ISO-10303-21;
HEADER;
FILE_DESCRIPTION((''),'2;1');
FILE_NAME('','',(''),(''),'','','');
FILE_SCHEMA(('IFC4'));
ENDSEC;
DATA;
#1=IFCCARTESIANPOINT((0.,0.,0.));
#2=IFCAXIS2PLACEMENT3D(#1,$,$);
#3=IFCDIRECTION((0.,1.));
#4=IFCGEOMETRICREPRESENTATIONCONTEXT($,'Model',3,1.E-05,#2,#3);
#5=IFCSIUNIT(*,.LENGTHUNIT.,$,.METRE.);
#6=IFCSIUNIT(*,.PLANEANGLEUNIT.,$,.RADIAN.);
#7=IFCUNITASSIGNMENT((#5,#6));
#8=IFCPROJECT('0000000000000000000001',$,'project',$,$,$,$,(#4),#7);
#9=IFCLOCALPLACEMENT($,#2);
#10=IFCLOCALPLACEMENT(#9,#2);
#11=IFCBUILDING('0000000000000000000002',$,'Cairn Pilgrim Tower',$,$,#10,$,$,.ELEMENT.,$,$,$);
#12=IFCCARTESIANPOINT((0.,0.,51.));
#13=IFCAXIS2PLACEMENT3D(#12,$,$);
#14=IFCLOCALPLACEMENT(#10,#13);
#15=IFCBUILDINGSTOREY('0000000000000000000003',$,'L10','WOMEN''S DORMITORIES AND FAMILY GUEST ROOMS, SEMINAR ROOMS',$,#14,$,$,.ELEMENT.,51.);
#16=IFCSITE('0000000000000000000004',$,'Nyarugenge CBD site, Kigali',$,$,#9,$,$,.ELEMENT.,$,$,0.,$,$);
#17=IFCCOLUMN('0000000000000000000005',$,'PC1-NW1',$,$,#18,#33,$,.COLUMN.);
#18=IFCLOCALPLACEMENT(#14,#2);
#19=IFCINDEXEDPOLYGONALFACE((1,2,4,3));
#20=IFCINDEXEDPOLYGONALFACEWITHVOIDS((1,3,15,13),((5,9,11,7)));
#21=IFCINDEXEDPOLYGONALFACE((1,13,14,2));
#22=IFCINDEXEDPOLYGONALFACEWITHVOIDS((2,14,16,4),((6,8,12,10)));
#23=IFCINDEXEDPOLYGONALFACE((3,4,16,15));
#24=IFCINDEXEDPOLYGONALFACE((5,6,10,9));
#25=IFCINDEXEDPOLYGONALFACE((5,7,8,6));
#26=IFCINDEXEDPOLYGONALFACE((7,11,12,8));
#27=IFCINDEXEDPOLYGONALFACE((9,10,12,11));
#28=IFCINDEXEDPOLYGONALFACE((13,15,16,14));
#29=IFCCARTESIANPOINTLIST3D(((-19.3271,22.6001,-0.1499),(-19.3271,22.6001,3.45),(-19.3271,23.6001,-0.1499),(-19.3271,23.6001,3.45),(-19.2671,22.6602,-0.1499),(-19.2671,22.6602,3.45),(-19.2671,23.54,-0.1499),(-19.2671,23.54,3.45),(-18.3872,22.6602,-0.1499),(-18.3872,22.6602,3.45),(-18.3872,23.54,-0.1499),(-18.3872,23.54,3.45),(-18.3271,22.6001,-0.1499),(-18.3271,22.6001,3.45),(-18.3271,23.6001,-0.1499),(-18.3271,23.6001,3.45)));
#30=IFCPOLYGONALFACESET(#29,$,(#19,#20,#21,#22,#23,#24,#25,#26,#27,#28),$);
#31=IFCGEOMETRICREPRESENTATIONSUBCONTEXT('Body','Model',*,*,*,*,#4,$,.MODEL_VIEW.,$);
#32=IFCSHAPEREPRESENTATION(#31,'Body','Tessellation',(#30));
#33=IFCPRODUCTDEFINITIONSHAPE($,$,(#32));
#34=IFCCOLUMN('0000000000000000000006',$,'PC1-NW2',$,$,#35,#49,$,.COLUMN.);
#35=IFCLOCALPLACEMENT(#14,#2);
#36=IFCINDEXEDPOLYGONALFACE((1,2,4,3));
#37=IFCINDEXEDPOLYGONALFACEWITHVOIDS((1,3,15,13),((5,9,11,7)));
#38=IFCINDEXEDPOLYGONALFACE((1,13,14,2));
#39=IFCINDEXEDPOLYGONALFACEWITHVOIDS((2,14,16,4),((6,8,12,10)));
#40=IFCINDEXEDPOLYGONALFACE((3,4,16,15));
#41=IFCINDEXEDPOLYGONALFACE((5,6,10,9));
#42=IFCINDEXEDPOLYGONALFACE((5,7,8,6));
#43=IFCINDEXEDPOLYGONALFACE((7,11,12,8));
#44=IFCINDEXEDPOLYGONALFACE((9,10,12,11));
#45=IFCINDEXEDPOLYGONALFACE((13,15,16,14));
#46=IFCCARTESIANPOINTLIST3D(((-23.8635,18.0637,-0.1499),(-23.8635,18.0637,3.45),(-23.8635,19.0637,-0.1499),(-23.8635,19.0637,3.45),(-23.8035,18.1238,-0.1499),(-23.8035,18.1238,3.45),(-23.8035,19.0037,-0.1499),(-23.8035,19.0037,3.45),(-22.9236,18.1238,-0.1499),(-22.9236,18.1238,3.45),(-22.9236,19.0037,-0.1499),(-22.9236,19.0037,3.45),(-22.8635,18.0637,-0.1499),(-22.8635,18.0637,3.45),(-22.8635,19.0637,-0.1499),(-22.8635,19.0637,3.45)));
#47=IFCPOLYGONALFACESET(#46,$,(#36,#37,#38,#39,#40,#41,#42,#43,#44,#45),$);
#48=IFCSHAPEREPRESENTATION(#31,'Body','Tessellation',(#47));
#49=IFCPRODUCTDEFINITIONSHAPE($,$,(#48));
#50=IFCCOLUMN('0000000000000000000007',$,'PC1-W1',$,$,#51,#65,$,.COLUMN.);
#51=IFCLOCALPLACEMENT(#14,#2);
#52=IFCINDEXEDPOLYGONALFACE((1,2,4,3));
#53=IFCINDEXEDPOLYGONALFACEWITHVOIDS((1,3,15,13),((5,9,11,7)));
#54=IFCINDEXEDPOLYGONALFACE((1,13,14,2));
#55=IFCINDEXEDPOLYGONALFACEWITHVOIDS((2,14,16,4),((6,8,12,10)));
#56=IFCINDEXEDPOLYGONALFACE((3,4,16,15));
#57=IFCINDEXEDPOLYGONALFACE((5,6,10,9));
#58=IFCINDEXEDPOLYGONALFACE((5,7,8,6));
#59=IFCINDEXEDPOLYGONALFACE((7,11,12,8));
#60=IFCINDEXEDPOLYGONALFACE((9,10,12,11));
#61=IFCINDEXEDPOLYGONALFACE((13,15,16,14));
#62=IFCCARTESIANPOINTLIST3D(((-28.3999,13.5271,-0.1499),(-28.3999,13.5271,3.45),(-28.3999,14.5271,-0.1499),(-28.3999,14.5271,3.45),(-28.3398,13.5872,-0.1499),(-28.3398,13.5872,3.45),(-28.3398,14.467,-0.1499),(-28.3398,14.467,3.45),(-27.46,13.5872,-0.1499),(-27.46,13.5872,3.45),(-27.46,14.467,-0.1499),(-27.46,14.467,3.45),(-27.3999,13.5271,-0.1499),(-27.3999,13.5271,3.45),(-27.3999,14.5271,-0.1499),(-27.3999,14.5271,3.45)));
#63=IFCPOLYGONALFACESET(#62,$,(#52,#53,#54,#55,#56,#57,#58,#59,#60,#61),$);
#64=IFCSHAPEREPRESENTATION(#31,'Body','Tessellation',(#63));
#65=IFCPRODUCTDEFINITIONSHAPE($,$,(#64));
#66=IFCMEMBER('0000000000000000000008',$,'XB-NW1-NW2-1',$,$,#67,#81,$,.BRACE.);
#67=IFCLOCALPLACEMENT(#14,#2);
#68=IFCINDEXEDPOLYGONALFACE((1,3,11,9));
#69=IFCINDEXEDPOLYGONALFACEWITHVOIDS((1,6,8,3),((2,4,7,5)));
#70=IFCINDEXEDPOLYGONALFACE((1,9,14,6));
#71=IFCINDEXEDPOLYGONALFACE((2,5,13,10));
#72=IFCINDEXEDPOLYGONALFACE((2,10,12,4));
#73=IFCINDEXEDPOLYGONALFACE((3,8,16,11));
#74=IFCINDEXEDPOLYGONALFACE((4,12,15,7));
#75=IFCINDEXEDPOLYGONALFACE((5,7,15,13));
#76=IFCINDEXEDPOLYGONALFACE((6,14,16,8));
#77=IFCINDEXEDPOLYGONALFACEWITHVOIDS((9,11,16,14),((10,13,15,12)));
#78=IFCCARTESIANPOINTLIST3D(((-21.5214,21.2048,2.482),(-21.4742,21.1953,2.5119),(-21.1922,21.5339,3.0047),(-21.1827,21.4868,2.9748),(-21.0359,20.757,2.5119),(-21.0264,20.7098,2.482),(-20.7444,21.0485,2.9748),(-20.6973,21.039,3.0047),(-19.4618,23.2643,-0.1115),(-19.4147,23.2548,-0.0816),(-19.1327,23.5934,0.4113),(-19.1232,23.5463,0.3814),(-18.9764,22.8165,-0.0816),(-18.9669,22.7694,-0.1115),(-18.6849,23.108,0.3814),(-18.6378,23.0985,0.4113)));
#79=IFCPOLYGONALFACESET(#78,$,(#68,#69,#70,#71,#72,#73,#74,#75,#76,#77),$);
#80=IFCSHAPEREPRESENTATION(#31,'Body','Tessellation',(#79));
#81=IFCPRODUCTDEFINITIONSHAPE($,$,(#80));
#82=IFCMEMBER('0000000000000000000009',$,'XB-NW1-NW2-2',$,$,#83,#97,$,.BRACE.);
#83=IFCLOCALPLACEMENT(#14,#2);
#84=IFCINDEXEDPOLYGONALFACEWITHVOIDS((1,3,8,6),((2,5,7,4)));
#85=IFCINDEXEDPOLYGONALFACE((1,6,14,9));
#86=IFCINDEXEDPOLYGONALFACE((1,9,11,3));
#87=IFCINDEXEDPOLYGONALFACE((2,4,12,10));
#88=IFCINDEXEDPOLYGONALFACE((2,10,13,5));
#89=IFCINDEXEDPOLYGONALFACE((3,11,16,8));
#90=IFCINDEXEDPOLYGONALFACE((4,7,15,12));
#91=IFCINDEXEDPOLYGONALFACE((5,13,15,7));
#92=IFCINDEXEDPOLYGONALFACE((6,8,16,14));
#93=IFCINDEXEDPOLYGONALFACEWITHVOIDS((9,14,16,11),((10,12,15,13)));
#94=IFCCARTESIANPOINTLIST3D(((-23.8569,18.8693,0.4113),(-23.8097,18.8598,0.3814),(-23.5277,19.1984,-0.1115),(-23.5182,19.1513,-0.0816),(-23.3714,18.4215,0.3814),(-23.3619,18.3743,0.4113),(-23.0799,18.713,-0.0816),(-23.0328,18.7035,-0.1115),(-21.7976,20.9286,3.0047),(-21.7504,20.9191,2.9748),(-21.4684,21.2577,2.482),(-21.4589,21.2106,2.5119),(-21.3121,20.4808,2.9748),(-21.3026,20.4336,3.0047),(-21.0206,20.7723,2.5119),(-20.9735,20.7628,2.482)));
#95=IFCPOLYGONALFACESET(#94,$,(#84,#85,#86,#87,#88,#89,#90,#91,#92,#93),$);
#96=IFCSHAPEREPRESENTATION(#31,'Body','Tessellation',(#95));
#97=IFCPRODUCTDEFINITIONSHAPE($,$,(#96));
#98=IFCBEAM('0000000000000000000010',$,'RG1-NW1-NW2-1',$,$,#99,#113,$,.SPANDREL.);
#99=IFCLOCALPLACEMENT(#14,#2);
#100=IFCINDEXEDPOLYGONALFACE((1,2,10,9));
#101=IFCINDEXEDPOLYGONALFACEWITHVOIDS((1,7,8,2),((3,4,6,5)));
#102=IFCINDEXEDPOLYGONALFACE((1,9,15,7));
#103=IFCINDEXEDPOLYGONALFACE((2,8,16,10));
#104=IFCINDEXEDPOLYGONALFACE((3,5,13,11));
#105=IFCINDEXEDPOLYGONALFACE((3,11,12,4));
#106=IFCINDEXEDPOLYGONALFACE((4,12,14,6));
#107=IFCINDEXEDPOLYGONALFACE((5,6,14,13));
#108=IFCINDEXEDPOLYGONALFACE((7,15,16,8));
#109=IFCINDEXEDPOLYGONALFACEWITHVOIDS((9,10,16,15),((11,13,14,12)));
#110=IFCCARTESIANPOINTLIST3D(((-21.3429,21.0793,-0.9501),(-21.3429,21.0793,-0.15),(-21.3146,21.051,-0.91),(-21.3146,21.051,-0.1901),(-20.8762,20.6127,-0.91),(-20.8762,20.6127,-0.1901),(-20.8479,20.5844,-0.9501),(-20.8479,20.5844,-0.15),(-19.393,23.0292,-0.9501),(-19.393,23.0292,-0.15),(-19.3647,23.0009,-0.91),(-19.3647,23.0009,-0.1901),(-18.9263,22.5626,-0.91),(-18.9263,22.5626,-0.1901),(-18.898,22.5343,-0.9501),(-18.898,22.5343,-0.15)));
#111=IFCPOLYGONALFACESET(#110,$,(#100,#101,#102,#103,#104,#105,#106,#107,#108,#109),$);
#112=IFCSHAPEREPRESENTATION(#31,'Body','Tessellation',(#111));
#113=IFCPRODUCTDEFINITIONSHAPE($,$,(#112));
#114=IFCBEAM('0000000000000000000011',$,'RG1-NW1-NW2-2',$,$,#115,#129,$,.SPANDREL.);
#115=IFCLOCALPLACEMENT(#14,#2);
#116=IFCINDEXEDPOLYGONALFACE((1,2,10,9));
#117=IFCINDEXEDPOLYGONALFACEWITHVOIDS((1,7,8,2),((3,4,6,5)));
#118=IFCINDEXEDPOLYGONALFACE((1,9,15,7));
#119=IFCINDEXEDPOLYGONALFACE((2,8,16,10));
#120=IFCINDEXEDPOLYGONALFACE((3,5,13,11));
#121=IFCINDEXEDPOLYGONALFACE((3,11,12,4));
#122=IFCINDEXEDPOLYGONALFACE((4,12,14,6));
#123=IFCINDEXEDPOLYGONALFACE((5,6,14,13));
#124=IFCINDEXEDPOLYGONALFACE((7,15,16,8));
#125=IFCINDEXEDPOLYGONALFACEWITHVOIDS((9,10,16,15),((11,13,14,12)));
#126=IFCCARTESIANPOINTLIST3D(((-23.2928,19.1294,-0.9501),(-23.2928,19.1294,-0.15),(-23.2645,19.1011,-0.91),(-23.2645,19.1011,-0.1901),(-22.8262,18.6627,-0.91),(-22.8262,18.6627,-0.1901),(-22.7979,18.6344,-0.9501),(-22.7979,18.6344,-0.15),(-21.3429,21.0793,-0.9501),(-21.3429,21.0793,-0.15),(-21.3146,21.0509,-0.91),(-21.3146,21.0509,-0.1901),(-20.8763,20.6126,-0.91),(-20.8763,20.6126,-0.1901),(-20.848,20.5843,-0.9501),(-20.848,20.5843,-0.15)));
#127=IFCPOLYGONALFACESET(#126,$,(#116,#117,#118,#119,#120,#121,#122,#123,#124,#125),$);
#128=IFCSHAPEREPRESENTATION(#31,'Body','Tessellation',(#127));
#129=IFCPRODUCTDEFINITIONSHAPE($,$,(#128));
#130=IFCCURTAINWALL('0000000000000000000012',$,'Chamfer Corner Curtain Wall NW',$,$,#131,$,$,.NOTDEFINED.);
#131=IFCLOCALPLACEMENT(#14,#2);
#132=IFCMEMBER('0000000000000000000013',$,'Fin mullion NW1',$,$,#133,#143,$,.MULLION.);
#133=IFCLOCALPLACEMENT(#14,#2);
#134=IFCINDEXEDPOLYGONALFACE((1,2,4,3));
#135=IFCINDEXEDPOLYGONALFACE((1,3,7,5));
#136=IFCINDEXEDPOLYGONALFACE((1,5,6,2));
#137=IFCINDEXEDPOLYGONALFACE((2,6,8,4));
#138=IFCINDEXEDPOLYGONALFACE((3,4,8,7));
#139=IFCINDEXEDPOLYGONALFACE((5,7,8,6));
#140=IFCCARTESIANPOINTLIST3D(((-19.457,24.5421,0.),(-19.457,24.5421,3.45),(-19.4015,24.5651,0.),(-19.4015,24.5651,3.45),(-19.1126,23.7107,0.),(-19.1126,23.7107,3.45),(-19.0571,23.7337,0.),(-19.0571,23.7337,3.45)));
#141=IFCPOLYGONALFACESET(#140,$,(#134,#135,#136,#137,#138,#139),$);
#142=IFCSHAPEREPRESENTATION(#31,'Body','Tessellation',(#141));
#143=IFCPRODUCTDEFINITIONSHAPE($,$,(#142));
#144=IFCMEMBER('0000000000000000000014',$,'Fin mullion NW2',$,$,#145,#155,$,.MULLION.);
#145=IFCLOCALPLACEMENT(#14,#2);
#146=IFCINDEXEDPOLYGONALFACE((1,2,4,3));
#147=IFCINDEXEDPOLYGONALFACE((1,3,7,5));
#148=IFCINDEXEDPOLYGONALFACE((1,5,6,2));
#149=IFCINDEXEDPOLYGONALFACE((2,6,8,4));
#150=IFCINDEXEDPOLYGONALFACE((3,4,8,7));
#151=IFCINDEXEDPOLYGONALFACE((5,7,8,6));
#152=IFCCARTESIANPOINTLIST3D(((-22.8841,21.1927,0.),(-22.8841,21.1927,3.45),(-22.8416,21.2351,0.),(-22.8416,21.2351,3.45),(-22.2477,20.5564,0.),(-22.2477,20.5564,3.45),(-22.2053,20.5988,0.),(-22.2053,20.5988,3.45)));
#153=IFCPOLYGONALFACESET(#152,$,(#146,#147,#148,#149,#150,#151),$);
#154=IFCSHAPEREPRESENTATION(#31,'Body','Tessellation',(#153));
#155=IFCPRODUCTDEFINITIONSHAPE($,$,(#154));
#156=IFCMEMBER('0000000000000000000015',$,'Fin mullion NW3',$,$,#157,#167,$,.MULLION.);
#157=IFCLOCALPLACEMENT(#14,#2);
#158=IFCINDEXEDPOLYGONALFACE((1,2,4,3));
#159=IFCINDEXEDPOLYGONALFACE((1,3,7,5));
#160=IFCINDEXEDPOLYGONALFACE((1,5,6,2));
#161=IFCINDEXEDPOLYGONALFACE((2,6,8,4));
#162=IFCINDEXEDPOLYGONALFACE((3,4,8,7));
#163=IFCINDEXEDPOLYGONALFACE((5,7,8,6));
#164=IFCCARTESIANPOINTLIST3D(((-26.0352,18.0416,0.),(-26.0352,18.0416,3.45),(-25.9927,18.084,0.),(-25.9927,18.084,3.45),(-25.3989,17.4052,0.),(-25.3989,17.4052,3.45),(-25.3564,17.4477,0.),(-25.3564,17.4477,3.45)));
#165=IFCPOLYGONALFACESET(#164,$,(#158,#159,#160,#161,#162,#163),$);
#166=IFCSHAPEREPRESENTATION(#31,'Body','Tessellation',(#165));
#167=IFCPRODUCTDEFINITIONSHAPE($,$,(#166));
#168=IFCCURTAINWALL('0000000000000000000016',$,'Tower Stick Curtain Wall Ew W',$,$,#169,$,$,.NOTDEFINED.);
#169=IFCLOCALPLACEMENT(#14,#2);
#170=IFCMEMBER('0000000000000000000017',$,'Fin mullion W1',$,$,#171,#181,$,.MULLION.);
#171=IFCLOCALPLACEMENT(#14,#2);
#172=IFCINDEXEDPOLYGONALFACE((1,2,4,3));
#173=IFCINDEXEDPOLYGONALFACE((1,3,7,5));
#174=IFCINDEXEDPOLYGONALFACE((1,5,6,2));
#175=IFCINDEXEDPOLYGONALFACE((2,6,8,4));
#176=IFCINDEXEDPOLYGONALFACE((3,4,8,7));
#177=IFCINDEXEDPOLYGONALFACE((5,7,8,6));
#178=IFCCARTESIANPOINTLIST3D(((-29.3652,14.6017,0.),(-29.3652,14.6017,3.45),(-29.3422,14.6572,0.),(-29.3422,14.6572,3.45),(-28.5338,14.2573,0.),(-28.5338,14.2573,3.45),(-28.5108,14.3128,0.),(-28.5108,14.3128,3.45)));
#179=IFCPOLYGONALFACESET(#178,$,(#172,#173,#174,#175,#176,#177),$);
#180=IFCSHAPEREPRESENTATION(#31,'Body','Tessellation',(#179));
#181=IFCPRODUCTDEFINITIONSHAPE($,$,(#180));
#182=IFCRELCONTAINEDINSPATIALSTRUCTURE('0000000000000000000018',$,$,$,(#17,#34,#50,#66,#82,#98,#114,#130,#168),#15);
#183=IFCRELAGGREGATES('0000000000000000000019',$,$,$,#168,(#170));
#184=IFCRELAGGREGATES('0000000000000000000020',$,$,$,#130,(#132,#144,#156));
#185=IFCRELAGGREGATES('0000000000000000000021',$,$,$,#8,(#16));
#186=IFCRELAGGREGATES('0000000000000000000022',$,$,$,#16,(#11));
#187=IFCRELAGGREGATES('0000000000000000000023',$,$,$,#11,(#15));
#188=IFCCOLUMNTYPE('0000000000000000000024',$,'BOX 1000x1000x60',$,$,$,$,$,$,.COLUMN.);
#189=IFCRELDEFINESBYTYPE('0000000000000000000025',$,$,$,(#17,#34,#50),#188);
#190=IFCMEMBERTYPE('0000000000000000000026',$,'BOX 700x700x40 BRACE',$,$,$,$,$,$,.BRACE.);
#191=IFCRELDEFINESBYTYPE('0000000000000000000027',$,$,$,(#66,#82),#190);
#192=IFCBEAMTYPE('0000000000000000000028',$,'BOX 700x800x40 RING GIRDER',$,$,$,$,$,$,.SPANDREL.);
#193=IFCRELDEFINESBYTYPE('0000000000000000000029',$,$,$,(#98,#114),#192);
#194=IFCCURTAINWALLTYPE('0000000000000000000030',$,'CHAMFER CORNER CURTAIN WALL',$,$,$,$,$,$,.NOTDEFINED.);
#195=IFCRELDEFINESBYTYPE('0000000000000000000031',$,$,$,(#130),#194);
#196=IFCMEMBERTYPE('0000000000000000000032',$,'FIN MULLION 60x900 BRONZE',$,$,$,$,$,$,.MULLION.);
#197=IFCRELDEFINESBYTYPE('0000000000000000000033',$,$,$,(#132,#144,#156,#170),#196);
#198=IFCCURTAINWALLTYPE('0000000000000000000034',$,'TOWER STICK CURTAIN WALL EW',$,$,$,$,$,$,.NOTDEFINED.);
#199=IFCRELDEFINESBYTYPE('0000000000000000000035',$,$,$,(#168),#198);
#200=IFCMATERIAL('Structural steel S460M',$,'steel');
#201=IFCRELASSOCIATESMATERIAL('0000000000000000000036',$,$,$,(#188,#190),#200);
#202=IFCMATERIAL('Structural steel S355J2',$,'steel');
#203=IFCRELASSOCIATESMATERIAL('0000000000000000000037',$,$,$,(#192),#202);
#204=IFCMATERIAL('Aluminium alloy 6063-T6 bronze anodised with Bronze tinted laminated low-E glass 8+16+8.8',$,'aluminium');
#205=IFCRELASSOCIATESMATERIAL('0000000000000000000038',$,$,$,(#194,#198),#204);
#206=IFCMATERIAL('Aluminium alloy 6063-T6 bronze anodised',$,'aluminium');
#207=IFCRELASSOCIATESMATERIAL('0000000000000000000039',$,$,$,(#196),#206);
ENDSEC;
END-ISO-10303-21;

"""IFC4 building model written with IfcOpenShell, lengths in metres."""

from ifc_helpers import new_model, si_unit, direction, frame, origin, origin_2d, place, context, subcontext, project, spatial, rectangle, hollow_rectangle, extrude, material, material_profile, profile_set, type_object, element, aggregate, save


model = new_model("IFC4")

# Units and contexts
model_context = context("Model", 3, precision=1e-05, world=origin(), true_north=direction((0.0, 1.0)))
body_context = subcontext(model_context, "Body", "Model", "MODEL_VIEW")
ifc_project = project(units=[si_unit("LENGTHUNIT", "METRE"), si_unit("PLANEANGLEUNIT", "RADIAN")], contexts=[model_context])

# Site, building, storey
site_placement = place(None, origin())
site = spatial("IfcSite", under=ifc_project, at=site_placement, Name="Nyarugenge CBD site, Kigali", CompositionType="ELEMENT", RefElevation=0.0)
building_placement = place(site_placement, origin())
building = spatial("IfcBuilding", under=site, at=building_placement, Name="Cairn Pilgrim Tower", CompositionType="ELEMENT")
storey_placement = place(building_placement, frame((0.0, 0.0, 51.0)))
storey = spatial("IfcBuildingStorey", under=building, at=storey_placement, Name="L10", Description="WOMEN'S DORMITORIES AND FAMILY GUEST ROOMS, SEMINAR ROOMS", CompositionType="ELEMENT", Elevation=51.0)

# Columns
ifc_material_1 = material(Name="Structural steel S460M", Category="steel")
ifc_material_profile_1 = material_profile(ifc_material_1, hollow_rectangle(XDim=1.0, YDim=1.0, WallThickness=0.0601, at=origin_2d()), Name="BOX 1000x1000x60")
ifc_profile_set_1 = profile_set([ifc_material_profile_1], Name="Structural steel S460M")
column_type = type_object("IfcColumnType", Name="BOX 1000x1000x60", PredefinedType="COLUMN", material=ifc_profile_set_1)
for number, where, z_axis, x_axis, name in (
    (1, (-18.8271, 23.1001, -0.1499), (0.0, 0.0, 1.0), (1.0, 0.0, 0.0), "PC1-NW1"),
    (2, (-23.3635, 18.5637, -0.1499), (0.0, 0.0, 1.0), (1.0, 0.0, 0.0), "PC1-NW2"),
    (3, (-27.8999, 14.0271, -0.1499), (0.0, 0.0, 1.0), (1.0, 0.0, 0.0), "PC1-W1"),
):
    element("IfcColumn", number, at=place(storey_placement, frame(where, z_axis=z_axis, x_axis=x_axis)), inside=storey, type_object=column_type, Name=name, PredefinedType="COLUMN", context=body_context, shape_type="SweptSolid", body=[
        extrude(hollow_rectangle(XDim=1.0, YDim=1.0, WallThickness=0.0601, at=origin_2d()), origin(), (0.0, 0.0, 1.0), 3.5999),
    ])

# Members
ifc_material_profile_2 = material_profile(ifc_material_1, hollow_rectangle(XDim=0.7, YDim=0.7, WallThickness=0.04, at=origin_2d()), Name="BOX 700x700x40")
ifc_profile_set_2 = profile_set([ifc_material_profile_2], Name="Structural steel S460M")
member_type_1 = type_object("IfcMemberType", Name="BOX 700x700x40 BRACE", PredefinedType="BRACE", material=ifc_profile_set_2)
member_1_placement = place(storey_placement, frame((-19.0498, 23.1814, 0.1499), z_axis=(-0.528096, -0.528096, 0.665003), x_axis=(0.707107, -0.707107, 0.0)))
element("IfcMember", 4, at=member_1_placement, inside=storey, type_object=member_type_1, Name="XB-NW1-NW2-1", PredefinedType="BRACE", context=body_context, shape_type="SweptSolid", body=[
    extrude(hollow_rectangle(XDim=0.7, YDim=0.7, WallThickness=0.04, at=origin_2d()), origin(), (0.0, 0.0, 1.0), 3.8999),
])
member_2_placement = place(storey_placement, frame((-23.4448, 18.7864, 0.1499), z_axis=(0.528068, 0.528068, 0.665047), x_axis=(-0.707107, 0.707107, 0.0)))
element("IfcMember", 5, at=member_2_placement, inside=storey, type_object=member_type_1, Name="XB-NW1-NW2-2", PredefinedType="BRACE", context=body_context, shape_type="SweptSolid", body=[
    extrude(hollow_rectangle(XDim=0.7, YDim=0.7, WallThickness=0.04, at=origin_2d()), origin(), (0.0, 0.0, 1.0), 3.8997),
])

# Beams
ifc_material_2 = material(Name="Structural steel S355J2", Category="steel")
ifc_material_profile_3 = material_profile(ifc_material_2, hollow_rectangle(XDim=0.7, YDim=0.8, WallThickness=0.04, at=origin_2d()), Name="BOX 700x800x40")
ifc_profile_set_3 = profile_set([ifc_material_profile_3], Name="Structural steel S355J2")
beam_type_1 = type_object("IfcBeamType", Name="BOX 700x800x40 RING GIRDER", PredefinedType="SPANDREL", material=ifc_profile_set_3)
for number, where, z_axis, x_axis, name in (
    (6, (-19.1455, 22.7817, -0.55), (-0.707107, -0.707107, 0.0), (0.707107, -0.707107, 0.0), "RG1-NW1-NW2-1"),
    (7, (-21.0955, 20.8318, -0.55), (-0.707107, -0.707107, 0.0), (0.707107, -0.707107, 0.0), "RG1-NW1-NW2-2"),
):
    element("IfcBeam", number, at=place(storey_placement, frame(where, z_axis=z_axis, x_axis=x_axis)), inside=storey, type_object=beam_type_1, Name=name, PredefinedType="SPANDREL", context=body_context, shape_type="SweptSolid", body=[
        extrude(hollow_rectangle(XDim=0.7, YDim=0.8, WallThickness=0.04, at=origin_2d()), origin(), (0.0, 0.0, 1.0), 2.7576),
    ])

# Curtain wall, members
ifc_material_3 = material(Name="Aluminium alloy 6063-T6 bronze anodised with Bronze tinted laminated low-E glass 8+16+8.8", Category="aluminium")
curtain_wall_type_1 = type_object("IfcCurtainWallType", Name="CHAMFER CORNER CURTAIN WALL", PredefinedType="NOTDEFINED", material=ifc_material_3)
curtain_wall_1_placement = place(storey_placement, origin())
curtain_wall_1 = element("IfcCurtainWall", 8, at=curtain_wall_1_placement, inside=storey, type_object=curtain_wall_type_1, Name="Chamfer Corner Curtain Wall NW", PredefinedType="NOTDEFINED")
ifc_material_4 = material(Name="Aluminium alloy 6063-T6 bronze anodised", Category="aluminium")
ifc_material_profile_4 = material_profile(ifc_material_4, rectangle(XDim=0.8999, YDim=0.0601, at=origin_2d()), Name="FIN MULLION 60x900 BRONZE")
ifc_profile_set_4 = profile_set([ifc_material_profile_4], Name="Aluminium alloy 6063-T6 bronze anodised")
member_type_2 = type_object("IfcMemberType", Name="FIN MULLION 60x900 BRONZE", PredefinedType="MULLION", material=ifc_profile_set_4)
member_3_placement = place(storey_placement, frame((-19.2571, 24.1379, 0.0), z_axis=(0.0, 0.0, 1.0), x_axis=(-0.382683, 0.92388, 0.0)))
member_3 = element("IfcMember", 9, at=member_3_placement, type_object=member_type_2, Name="Fin mullion NW1", PredefinedType="MULLION", context=body_context, shape_type="SweptSolid", body=[
    extrude(rectangle(XDim=0.8999, YDim=0.0601, at=origin_2d()), origin(), (0.0, 0.0, 1.0), 3.45),
])
member_4_placement = place(storey_placement, frame((-22.5447, 20.8958, 0.0), z_axis=(0.0, 0.0, 1.0), x_axis=(-0.707107, 0.707107, 0.0)))
member_4 = element("IfcMember", 10, at=member_4_placement, type_object=member_type_2, Name="Fin mullion NW2", PredefinedType="MULLION", context=body_context, shape_type="SweptSolid", body=[
    extrude(rectangle(XDim=0.8999, YDim=0.0601, at=origin_2d()), origin(), (0.0, 0.0, 1.0), 3.45),
])
member_5_placement = place(storey_placement, frame((-25.6958, 17.7446, 0.0), z_axis=(0.0, 0.0, 1.0), x_axis=(-0.707107, 0.707107, 0.0)))
member_5 = element("IfcMember", 11, at=member_5_placement, type_object=member_type_2, Name="Fin mullion NW3", PredefinedType="MULLION", context=body_context, shape_type="SweptSolid", body=[
    extrude(rectangle(XDim=0.8999, YDim=0.0601, at=origin_2d()), origin(), (0.0, 0.0, 1.0), 3.45),
])

# Curtain wall, member
curtain_wall_type_2 = type_object("IfcCurtainWallType", Name="TOWER STICK CURTAIN WALL EW", PredefinedType="NOTDEFINED", material=ifc_material_3)
curtain_wall_2_placement = place(storey_placement, origin())
curtain_wall_2 = element("IfcCurtainWall", 12, at=curtain_wall_2_placement, inside=storey, type_object=curtain_wall_type_2, Name="Tower Stick Curtain Wall Ew W", PredefinedType="NOTDEFINED")
member_6_placement = place(storey_placement, frame((-28.938, 14.4573, 0.0), z_axis=(0.0, 0.0, 1.0), x_axis=(-0.92388, 0.382683, 0.0)))
member_6 = element("IfcMember", 13, at=member_6_placement, type_object=member_type_2, Name="Fin mullion W1", PredefinedType="MULLION", context=body_context, shape_type="SweptSolid", body=[
    extrude(rectangle(XDim=0.8999, YDim=0.0601, at=origin_2d()), origin(), (0.0, 0.0, 1.0), 3.45),
])

aggregate(curtain_wall_2, [member_6])

aggregate(curtain_wall_1, [member_3, member_4, member_5])

save(model, "model.ifc")
